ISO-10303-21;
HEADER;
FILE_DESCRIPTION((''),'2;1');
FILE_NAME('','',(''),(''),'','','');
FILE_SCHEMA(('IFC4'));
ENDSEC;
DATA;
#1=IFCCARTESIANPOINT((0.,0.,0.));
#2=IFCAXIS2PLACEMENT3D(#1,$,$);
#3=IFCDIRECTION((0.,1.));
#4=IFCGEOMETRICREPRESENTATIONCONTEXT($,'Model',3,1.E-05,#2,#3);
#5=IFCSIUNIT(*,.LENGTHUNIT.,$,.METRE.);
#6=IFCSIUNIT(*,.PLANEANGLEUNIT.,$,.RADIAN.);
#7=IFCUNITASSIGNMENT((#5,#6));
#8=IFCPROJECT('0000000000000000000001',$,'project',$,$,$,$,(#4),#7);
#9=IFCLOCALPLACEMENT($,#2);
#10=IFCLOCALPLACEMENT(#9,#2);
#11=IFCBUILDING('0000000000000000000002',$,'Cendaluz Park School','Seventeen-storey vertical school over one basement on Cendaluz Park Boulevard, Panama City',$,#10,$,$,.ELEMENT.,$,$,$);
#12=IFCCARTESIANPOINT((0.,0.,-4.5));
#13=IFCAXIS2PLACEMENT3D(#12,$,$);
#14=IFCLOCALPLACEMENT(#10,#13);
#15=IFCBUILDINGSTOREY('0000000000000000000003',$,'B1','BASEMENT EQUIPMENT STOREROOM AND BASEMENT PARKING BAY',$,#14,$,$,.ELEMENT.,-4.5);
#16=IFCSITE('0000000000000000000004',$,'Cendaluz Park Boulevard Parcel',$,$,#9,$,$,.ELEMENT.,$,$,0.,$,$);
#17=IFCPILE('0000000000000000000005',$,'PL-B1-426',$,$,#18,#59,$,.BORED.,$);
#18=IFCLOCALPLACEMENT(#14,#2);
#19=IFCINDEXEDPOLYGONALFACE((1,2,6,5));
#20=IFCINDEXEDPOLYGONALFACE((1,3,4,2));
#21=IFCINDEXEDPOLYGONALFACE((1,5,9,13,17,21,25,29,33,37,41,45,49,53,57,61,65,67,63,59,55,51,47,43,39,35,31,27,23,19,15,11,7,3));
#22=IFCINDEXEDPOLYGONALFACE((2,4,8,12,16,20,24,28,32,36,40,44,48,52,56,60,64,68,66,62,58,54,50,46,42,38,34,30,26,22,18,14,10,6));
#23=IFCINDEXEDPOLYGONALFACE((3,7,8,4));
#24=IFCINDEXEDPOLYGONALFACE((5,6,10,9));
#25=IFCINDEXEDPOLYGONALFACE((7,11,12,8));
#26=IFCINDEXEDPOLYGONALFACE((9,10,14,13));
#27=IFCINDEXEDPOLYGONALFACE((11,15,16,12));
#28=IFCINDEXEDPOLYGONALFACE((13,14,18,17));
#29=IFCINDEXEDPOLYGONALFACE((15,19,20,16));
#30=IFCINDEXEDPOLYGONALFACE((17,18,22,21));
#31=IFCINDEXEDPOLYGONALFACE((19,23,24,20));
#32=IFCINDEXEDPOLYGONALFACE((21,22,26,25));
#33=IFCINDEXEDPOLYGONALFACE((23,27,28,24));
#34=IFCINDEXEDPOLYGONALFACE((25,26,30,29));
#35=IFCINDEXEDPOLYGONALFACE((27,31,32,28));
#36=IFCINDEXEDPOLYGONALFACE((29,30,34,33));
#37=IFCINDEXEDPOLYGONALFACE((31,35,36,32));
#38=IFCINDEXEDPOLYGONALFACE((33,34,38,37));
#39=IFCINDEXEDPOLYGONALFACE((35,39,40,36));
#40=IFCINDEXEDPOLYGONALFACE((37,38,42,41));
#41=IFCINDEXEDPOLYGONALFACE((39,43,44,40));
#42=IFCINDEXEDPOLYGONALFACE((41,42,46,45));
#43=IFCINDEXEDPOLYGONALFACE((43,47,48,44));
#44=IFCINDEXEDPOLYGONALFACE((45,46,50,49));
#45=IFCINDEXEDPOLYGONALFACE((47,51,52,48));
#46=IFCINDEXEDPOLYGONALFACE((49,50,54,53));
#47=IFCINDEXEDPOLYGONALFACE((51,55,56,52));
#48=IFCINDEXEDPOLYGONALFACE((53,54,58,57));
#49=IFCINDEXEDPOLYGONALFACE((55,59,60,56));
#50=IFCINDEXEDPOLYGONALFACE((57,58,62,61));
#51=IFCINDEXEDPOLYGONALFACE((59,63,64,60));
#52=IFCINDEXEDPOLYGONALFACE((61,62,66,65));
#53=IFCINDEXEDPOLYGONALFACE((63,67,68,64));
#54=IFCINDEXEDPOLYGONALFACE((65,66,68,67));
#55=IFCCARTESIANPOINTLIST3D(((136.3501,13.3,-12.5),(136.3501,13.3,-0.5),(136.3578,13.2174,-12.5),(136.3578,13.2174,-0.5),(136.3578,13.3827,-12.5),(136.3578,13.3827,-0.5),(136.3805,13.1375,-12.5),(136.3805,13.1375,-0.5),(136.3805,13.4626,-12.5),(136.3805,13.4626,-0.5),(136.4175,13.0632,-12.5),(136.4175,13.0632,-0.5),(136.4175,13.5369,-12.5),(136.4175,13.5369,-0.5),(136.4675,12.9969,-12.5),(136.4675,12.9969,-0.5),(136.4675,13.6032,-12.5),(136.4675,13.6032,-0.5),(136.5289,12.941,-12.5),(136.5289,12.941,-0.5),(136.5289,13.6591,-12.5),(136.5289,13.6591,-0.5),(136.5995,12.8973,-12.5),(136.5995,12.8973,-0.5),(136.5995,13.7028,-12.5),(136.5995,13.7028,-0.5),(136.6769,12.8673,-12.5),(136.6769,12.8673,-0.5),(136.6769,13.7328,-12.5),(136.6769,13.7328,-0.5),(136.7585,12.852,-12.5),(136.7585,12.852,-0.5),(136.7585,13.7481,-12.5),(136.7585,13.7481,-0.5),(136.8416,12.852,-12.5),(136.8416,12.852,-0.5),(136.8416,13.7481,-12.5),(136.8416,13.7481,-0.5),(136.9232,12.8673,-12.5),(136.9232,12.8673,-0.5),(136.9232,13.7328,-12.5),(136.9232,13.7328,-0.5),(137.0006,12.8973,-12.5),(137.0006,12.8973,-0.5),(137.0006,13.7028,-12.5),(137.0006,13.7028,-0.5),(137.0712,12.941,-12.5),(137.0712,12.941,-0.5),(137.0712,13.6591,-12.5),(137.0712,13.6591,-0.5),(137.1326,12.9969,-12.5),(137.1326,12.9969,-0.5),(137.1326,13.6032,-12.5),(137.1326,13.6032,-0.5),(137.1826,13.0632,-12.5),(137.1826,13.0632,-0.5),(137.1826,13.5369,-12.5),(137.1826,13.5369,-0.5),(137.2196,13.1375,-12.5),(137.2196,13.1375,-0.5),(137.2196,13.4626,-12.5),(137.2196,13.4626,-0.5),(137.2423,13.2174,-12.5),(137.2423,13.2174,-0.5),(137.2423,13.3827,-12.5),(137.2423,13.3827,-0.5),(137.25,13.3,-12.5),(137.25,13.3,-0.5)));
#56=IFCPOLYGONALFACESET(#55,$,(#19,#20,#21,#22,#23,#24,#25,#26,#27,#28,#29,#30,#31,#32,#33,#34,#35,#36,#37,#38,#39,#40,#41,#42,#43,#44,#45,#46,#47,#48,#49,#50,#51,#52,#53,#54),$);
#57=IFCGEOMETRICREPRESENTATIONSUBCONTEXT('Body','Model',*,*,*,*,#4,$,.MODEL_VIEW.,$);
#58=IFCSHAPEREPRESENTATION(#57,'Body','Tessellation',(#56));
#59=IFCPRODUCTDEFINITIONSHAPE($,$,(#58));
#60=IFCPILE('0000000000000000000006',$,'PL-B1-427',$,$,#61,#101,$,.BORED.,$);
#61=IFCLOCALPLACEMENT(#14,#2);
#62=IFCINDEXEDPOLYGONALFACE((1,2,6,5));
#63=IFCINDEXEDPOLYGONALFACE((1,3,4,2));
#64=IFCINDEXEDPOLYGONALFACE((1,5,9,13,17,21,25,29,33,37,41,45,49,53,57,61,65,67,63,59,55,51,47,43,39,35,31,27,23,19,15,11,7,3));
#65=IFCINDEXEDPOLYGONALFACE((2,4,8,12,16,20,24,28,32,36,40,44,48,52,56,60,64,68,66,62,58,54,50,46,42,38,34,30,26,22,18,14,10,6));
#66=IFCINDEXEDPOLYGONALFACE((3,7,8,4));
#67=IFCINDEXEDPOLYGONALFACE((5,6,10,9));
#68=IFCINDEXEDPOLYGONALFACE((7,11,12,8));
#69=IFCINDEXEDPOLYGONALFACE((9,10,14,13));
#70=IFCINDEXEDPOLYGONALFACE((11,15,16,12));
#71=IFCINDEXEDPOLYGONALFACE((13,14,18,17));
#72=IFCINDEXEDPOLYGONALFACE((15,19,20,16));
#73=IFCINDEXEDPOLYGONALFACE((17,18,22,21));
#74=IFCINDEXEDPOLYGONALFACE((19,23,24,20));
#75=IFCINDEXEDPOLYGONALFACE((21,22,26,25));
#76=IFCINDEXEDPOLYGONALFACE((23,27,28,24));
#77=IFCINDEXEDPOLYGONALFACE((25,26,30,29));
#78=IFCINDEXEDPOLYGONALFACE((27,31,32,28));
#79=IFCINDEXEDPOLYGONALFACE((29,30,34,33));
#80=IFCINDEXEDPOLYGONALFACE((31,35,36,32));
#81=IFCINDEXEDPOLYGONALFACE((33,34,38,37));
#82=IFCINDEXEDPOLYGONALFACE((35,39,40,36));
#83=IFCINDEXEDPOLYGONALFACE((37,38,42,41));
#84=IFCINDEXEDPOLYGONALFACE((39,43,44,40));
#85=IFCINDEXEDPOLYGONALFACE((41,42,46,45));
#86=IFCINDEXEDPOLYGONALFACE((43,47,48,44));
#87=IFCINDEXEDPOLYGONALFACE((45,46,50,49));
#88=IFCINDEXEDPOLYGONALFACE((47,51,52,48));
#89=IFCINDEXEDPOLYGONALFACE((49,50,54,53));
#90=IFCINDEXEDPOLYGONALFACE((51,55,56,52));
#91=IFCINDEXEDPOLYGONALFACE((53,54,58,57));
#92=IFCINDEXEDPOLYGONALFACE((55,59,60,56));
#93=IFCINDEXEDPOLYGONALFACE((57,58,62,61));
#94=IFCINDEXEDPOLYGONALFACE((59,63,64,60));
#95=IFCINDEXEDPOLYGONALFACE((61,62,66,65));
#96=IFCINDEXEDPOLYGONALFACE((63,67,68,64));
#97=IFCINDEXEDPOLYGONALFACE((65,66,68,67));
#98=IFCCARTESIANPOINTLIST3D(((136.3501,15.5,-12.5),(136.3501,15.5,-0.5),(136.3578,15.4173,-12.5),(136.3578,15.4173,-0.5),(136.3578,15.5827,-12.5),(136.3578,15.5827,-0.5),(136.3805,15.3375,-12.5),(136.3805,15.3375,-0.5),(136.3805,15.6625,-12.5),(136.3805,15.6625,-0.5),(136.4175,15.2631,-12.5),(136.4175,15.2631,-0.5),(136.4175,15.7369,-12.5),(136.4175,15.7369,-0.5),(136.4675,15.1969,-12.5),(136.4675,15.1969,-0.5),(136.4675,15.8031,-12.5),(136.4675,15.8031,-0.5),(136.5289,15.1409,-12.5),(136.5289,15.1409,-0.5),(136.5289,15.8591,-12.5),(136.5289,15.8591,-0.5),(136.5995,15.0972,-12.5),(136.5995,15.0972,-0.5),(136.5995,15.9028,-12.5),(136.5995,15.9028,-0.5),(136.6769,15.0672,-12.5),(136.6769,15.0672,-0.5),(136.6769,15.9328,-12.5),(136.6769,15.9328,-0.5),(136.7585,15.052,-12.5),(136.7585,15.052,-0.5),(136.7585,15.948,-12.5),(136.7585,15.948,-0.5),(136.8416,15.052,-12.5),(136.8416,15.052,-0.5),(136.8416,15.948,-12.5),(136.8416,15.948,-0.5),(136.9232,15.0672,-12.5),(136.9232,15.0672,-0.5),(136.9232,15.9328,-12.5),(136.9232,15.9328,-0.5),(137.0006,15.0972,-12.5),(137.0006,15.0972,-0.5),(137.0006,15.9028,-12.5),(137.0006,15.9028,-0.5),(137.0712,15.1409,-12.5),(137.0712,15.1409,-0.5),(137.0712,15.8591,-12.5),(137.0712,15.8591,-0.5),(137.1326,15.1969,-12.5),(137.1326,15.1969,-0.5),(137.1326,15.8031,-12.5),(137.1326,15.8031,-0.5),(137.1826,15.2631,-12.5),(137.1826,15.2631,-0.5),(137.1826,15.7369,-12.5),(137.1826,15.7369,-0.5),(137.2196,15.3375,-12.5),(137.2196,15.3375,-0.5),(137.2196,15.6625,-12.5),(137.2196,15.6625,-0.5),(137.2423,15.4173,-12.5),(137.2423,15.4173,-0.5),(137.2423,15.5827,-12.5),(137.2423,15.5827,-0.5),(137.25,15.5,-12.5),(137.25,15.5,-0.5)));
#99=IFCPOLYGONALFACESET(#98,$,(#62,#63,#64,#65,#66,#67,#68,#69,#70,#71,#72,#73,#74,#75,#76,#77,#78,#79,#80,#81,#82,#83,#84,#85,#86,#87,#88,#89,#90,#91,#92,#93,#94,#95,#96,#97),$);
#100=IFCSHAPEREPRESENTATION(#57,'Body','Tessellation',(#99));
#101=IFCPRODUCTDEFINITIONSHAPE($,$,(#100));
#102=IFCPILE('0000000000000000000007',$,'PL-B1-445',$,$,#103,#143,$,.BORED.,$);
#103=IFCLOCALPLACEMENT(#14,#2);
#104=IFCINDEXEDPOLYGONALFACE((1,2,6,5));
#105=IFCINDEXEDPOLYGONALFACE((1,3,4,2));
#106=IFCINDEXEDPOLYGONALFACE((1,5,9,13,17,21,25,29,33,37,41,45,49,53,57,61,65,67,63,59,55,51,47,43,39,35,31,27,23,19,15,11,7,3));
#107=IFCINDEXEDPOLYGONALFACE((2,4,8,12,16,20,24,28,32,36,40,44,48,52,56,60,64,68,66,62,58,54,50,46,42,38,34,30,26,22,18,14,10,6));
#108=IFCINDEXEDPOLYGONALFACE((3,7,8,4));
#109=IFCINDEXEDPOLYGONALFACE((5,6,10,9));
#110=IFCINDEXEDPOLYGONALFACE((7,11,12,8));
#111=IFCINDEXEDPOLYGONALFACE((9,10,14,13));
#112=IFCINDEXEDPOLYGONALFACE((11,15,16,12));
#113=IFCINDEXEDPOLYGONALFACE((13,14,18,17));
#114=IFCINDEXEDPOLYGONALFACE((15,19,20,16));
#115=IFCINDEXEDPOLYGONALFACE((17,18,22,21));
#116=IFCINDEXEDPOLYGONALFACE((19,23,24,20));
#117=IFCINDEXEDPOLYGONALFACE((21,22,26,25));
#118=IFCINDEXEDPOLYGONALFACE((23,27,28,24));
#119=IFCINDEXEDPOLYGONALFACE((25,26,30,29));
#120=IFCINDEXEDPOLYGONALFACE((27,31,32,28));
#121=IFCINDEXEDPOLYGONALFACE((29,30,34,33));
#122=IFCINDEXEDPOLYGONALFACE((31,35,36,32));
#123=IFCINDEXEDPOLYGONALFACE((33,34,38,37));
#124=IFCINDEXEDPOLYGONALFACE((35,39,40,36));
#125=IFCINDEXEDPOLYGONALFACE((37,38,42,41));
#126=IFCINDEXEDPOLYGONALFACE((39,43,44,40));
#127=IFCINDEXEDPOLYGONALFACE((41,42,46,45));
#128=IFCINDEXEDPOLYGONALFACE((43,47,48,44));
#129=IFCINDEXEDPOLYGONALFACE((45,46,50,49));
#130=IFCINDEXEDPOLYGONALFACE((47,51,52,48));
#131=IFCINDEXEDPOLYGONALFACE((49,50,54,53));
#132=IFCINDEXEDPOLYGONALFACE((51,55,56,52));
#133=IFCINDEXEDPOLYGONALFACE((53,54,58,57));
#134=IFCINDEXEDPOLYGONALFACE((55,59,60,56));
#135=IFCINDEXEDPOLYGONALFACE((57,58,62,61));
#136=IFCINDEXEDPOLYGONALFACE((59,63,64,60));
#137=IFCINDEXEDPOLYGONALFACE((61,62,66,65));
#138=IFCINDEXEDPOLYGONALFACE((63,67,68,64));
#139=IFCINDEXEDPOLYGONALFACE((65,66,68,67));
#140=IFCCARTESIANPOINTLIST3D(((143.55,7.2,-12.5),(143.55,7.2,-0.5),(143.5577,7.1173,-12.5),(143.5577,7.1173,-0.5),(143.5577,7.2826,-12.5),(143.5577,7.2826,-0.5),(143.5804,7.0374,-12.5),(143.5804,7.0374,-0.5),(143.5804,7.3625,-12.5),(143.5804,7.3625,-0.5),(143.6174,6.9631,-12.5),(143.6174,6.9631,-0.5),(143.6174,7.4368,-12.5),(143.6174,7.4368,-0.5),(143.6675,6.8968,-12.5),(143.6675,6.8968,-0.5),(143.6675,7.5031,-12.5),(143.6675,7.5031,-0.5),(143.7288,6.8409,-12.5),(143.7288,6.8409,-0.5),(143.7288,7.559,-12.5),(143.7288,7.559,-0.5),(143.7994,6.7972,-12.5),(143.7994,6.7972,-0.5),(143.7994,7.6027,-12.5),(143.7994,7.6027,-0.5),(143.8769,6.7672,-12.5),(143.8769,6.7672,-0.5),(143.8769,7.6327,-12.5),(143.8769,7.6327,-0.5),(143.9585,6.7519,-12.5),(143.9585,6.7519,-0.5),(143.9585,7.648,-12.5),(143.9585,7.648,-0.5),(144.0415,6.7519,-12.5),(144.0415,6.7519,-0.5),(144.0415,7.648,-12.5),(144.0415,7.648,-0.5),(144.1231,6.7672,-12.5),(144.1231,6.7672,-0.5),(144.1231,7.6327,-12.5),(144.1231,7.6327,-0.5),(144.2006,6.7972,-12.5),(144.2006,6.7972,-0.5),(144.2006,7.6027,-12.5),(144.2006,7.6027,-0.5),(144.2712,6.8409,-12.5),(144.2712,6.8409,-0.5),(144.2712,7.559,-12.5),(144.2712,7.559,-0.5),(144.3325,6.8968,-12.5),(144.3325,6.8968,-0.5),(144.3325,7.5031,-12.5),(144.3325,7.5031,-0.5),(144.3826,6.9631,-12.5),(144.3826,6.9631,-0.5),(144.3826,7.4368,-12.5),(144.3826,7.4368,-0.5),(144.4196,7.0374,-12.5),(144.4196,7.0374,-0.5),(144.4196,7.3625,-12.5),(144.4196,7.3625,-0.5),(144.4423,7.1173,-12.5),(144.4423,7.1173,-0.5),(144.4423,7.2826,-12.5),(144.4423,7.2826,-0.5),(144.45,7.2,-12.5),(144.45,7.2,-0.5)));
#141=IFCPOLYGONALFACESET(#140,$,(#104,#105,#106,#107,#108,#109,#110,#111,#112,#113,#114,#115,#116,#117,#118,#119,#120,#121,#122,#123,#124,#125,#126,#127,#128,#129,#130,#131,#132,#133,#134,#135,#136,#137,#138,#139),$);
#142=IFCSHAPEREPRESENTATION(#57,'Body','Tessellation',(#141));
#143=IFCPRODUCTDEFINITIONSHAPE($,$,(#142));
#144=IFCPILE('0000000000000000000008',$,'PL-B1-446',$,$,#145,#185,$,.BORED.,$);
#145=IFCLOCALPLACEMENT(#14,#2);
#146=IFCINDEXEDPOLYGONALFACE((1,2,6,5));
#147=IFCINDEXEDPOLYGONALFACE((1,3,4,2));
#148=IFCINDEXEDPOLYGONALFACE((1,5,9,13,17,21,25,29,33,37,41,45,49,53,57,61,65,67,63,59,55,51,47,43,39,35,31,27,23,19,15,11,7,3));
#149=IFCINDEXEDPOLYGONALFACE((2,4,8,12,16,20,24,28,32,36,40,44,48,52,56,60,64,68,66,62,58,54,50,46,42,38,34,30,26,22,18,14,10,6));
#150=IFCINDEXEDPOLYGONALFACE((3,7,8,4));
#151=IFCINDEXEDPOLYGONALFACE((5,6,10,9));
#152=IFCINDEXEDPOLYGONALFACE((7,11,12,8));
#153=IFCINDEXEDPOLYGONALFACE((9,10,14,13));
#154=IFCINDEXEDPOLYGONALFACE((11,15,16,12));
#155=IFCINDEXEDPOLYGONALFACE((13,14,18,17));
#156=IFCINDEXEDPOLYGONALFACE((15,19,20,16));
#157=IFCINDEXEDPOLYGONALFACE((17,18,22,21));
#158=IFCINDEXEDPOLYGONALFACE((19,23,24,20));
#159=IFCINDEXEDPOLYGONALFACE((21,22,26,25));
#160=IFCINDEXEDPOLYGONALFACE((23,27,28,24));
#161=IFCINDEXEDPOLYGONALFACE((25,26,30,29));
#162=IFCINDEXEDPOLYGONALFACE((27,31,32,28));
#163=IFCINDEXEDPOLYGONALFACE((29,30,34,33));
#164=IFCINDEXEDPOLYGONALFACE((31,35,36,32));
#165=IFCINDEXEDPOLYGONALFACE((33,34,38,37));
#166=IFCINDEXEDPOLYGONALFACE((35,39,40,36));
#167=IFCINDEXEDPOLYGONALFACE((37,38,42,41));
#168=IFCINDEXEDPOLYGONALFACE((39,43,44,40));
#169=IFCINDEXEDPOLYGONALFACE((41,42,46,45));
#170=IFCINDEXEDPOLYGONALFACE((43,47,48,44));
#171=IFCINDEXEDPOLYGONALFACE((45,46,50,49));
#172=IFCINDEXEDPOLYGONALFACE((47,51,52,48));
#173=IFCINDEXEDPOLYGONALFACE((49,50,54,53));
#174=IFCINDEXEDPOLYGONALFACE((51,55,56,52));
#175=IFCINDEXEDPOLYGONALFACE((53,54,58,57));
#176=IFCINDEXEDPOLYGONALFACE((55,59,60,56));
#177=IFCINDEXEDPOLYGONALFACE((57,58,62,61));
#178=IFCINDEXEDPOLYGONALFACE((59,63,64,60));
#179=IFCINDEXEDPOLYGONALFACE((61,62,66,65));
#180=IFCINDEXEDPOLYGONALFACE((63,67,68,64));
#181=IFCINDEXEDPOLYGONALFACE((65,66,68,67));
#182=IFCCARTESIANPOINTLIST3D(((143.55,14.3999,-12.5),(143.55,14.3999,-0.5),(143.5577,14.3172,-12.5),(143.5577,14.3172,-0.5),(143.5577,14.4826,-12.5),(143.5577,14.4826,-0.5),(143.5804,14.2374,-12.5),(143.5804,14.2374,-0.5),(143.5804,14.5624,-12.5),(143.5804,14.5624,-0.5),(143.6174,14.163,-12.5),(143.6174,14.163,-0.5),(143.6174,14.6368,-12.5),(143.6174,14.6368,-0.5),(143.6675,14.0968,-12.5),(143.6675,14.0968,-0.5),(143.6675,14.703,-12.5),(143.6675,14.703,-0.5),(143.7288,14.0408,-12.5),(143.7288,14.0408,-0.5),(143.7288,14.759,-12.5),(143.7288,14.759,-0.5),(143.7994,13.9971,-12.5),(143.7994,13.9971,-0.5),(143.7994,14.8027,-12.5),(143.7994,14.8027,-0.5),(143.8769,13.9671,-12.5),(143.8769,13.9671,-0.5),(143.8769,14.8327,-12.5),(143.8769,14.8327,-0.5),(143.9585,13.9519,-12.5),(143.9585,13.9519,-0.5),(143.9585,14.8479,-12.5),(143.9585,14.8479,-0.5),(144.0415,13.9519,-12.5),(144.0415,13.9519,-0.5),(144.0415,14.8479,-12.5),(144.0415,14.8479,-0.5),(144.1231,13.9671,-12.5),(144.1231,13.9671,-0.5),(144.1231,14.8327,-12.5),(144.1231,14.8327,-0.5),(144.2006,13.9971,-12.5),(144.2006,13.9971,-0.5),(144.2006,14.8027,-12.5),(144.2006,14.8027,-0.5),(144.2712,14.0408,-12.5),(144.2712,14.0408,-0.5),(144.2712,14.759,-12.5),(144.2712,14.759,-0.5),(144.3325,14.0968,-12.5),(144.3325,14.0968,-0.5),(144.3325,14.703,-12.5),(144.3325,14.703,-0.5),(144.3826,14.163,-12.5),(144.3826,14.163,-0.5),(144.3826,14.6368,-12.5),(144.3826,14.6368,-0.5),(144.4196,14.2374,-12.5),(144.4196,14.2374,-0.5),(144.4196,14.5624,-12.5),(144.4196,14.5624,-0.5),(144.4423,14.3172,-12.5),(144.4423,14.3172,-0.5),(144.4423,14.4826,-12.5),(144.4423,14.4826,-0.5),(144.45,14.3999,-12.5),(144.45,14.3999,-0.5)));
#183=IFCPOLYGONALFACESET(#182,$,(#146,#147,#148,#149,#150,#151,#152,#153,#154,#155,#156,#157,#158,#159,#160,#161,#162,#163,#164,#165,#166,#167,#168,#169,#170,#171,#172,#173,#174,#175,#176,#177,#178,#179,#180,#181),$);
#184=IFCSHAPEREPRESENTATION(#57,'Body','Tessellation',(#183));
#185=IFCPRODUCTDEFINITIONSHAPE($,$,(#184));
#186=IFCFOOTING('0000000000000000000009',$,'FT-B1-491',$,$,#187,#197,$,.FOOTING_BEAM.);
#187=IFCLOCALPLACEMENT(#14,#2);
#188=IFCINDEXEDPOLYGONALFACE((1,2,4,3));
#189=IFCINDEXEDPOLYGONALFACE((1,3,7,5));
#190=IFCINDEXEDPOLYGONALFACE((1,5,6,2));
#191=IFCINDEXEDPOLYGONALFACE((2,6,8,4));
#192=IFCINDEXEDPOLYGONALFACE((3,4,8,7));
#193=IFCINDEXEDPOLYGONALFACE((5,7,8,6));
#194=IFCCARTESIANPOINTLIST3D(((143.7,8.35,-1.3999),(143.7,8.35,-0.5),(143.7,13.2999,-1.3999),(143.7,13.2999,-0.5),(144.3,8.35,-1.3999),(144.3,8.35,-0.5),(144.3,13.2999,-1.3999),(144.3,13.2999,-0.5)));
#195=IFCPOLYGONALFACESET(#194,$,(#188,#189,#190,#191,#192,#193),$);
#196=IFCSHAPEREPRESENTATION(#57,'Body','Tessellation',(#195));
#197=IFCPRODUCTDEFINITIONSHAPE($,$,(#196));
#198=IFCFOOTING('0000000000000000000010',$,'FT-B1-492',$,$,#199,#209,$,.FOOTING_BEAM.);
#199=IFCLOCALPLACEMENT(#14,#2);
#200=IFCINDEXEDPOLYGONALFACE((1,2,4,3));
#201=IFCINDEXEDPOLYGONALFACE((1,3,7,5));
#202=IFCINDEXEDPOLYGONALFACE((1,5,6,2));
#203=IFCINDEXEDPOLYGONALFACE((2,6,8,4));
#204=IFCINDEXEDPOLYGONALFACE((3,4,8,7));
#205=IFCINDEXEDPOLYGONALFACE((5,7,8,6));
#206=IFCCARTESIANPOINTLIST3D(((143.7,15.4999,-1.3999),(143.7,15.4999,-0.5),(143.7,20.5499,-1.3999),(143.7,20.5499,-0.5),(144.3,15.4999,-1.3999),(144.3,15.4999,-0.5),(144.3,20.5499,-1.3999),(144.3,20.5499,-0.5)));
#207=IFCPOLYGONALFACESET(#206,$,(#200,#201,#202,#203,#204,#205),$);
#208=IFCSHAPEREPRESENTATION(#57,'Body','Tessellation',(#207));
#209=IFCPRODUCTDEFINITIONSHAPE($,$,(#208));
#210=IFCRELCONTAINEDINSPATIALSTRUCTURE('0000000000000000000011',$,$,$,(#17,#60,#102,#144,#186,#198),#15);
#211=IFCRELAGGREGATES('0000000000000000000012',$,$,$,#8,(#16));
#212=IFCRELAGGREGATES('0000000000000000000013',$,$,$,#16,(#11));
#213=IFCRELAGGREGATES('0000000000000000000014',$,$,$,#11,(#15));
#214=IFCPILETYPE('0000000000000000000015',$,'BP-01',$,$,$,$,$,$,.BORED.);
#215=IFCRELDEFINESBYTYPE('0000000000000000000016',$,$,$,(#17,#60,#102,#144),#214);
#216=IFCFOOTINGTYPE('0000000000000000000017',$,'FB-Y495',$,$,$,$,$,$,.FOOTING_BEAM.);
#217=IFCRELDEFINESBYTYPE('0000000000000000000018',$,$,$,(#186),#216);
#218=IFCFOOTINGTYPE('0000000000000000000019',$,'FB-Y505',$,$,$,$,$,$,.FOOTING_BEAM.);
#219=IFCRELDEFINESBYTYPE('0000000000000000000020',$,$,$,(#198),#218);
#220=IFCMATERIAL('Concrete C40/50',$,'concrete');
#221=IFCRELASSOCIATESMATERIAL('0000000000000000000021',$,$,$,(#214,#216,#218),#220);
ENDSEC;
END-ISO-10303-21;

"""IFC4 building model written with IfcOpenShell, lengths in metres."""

from ifc_helpers import new_model, si_unit, direction, frame, origin, origin_2d, place, context, subcontext, project, spatial, rectangle, circle, extrude, material, material_profile, profile_set, type_object, element, save


model = new_model("IFC4")

# Units and contexts
model_context = context("Model", 3, precision=1e-05, world=origin(), true_north=direction((0.0, 1.0)))
body_context = subcontext(model_context, "Body", "Model", "MODEL_VIEW")
ifc_project = project(units=[si_unit("LENGTHUNIT", "METRE"), si_unit("PLANEANGLEUNIT", "RADIAN")], contexts=[model_context])

# Site, building, storey
site_placement = place(None, origin())
site = spatial("IfcSite", under=ifc_project, at=site_placement, Name="Cendaluz Park Boulevard Parcel", CompositionType="ELEMENT", RefElevation=0.0)
building_placement = place(site_placement, origin())
building = spatial("IfcBuilding", under=site, at=building_placement, Name="Cendaluz Park School", Description="Seventeen-storey vertical school over one basement on Cendaluz Park Boulevard, Panama City", CompositionType="ELEMENT")
storey_placement = place(building_placement, frame((0.0, 0.0, -4.5)))
storey = spatial("IfcBuildingStorey", under=building, at=storey_placement, Name="B1", Description="BASEMENT EQUIPMENT STOREROOM AND BASEMENT PARKING BAY", CompositionType="ELEMENT", Elevation=-4.5)

# Piles
ifc_material_1 = material(Name="Concrete C40/50", Category="concrete")
ifc_material_profile_1 = material_profile(ifc_material_1, circle(Radius=0.45, at=origin_2d()), Name="BP D900", Category="concrete")
ifc_profile_set_1 = profile_set([ifc_material_profile_1], Name="Concrete C40/50")
pile_type = type_object("IfcPileType", Name="BP-01", PredefinedType="BORED", material=ifc_profile_set_1)
for number, where, z_axis, x_axis, name in (
    (1, (136.8, 13.3, -0.5), (0.0, 0.0, -1.0), (1.0, 0.0, 0.0), "PL-B1-426"),
    (2, (136.8, 15.5, -0.5), (0.0, 0.0, -1.0), (1.0, 0.0, 0.0), "PL-B1-427"),
    (3, (144.0, 7.2, -0.5), (0.0, 0.0, -1.0), (1.0, 0.0, 0.0), "PL-B1-445"),
    (4, (144.0, 14.3999, -0.5), (0.0, 0.0, -1.0), (1.0, 0.0, 0.0), "PL-B1-446"),
):
    element("IfcPile", number, at=place(storey_placement, frame(where, z_axis=z_axis, x_axis=x_axis)), inside=storey, type_object=pile_type, Name=name, PredefinedType="BORED", context=body_context, shape_type="SweptSolid", body=[
        extrude(circle(Radius=0.45, at=origin_2d()), origin(), (0.0, 0.0, 1.0), 12.0),
    ])

# Footings
footing_type_1 = type_object("IfcFootingType", Name="FB-Y495", PredefinedType="FOOTING_BEAM", material=ifc_material_1)
footing_1_placement = place(storey_placement, frame((144.0, 10.825, -1.3999), z_axis=(0.0, 0.0, 1.0), x_axis=(1.0, 0.0, 0.0)))
element("IfcFooting", 5, at=footing_1_placement, inside=storey, type_object=footing_type_1, Name="FT-B1-491", PredefinedType="FOOTING_BEAM", context=body_context, shape_type="SweptSolid", body=[
    extrude(rectangle(XDim=0.6001, YDim=4.95, at=origin_2d()), origin(), (0.0, 0.0, 1.0), 0.8999),
])
footing_type_2 = type_object("IfcFootingType", Name="FB-Y505", PredefinedType="FOOTING_BEAM", material=ifc_material_1)
footing_2_placement = place(storey_placement, frame((144.0, 18.0249, -1.3999), z_axis=(0.0, 0.0, 1.0), x_axis=(1.0, 0.0, 0.0)))
element("IfcFooting", 6, at=footing_2_placement, inside=storey, type_object=footing_type_2, Name="FT-B1-492", PredefinedType="FOOTING_BEAM", context=body_context, shape_type="SweptSolid", body=[
    extrude(rectangle(XDim=0.6001, YDim=5.05, at=origin_2d()), origin(), (0.0, 0.0, 1.0), 0.8999),
])

save(model, "model.ifc")
